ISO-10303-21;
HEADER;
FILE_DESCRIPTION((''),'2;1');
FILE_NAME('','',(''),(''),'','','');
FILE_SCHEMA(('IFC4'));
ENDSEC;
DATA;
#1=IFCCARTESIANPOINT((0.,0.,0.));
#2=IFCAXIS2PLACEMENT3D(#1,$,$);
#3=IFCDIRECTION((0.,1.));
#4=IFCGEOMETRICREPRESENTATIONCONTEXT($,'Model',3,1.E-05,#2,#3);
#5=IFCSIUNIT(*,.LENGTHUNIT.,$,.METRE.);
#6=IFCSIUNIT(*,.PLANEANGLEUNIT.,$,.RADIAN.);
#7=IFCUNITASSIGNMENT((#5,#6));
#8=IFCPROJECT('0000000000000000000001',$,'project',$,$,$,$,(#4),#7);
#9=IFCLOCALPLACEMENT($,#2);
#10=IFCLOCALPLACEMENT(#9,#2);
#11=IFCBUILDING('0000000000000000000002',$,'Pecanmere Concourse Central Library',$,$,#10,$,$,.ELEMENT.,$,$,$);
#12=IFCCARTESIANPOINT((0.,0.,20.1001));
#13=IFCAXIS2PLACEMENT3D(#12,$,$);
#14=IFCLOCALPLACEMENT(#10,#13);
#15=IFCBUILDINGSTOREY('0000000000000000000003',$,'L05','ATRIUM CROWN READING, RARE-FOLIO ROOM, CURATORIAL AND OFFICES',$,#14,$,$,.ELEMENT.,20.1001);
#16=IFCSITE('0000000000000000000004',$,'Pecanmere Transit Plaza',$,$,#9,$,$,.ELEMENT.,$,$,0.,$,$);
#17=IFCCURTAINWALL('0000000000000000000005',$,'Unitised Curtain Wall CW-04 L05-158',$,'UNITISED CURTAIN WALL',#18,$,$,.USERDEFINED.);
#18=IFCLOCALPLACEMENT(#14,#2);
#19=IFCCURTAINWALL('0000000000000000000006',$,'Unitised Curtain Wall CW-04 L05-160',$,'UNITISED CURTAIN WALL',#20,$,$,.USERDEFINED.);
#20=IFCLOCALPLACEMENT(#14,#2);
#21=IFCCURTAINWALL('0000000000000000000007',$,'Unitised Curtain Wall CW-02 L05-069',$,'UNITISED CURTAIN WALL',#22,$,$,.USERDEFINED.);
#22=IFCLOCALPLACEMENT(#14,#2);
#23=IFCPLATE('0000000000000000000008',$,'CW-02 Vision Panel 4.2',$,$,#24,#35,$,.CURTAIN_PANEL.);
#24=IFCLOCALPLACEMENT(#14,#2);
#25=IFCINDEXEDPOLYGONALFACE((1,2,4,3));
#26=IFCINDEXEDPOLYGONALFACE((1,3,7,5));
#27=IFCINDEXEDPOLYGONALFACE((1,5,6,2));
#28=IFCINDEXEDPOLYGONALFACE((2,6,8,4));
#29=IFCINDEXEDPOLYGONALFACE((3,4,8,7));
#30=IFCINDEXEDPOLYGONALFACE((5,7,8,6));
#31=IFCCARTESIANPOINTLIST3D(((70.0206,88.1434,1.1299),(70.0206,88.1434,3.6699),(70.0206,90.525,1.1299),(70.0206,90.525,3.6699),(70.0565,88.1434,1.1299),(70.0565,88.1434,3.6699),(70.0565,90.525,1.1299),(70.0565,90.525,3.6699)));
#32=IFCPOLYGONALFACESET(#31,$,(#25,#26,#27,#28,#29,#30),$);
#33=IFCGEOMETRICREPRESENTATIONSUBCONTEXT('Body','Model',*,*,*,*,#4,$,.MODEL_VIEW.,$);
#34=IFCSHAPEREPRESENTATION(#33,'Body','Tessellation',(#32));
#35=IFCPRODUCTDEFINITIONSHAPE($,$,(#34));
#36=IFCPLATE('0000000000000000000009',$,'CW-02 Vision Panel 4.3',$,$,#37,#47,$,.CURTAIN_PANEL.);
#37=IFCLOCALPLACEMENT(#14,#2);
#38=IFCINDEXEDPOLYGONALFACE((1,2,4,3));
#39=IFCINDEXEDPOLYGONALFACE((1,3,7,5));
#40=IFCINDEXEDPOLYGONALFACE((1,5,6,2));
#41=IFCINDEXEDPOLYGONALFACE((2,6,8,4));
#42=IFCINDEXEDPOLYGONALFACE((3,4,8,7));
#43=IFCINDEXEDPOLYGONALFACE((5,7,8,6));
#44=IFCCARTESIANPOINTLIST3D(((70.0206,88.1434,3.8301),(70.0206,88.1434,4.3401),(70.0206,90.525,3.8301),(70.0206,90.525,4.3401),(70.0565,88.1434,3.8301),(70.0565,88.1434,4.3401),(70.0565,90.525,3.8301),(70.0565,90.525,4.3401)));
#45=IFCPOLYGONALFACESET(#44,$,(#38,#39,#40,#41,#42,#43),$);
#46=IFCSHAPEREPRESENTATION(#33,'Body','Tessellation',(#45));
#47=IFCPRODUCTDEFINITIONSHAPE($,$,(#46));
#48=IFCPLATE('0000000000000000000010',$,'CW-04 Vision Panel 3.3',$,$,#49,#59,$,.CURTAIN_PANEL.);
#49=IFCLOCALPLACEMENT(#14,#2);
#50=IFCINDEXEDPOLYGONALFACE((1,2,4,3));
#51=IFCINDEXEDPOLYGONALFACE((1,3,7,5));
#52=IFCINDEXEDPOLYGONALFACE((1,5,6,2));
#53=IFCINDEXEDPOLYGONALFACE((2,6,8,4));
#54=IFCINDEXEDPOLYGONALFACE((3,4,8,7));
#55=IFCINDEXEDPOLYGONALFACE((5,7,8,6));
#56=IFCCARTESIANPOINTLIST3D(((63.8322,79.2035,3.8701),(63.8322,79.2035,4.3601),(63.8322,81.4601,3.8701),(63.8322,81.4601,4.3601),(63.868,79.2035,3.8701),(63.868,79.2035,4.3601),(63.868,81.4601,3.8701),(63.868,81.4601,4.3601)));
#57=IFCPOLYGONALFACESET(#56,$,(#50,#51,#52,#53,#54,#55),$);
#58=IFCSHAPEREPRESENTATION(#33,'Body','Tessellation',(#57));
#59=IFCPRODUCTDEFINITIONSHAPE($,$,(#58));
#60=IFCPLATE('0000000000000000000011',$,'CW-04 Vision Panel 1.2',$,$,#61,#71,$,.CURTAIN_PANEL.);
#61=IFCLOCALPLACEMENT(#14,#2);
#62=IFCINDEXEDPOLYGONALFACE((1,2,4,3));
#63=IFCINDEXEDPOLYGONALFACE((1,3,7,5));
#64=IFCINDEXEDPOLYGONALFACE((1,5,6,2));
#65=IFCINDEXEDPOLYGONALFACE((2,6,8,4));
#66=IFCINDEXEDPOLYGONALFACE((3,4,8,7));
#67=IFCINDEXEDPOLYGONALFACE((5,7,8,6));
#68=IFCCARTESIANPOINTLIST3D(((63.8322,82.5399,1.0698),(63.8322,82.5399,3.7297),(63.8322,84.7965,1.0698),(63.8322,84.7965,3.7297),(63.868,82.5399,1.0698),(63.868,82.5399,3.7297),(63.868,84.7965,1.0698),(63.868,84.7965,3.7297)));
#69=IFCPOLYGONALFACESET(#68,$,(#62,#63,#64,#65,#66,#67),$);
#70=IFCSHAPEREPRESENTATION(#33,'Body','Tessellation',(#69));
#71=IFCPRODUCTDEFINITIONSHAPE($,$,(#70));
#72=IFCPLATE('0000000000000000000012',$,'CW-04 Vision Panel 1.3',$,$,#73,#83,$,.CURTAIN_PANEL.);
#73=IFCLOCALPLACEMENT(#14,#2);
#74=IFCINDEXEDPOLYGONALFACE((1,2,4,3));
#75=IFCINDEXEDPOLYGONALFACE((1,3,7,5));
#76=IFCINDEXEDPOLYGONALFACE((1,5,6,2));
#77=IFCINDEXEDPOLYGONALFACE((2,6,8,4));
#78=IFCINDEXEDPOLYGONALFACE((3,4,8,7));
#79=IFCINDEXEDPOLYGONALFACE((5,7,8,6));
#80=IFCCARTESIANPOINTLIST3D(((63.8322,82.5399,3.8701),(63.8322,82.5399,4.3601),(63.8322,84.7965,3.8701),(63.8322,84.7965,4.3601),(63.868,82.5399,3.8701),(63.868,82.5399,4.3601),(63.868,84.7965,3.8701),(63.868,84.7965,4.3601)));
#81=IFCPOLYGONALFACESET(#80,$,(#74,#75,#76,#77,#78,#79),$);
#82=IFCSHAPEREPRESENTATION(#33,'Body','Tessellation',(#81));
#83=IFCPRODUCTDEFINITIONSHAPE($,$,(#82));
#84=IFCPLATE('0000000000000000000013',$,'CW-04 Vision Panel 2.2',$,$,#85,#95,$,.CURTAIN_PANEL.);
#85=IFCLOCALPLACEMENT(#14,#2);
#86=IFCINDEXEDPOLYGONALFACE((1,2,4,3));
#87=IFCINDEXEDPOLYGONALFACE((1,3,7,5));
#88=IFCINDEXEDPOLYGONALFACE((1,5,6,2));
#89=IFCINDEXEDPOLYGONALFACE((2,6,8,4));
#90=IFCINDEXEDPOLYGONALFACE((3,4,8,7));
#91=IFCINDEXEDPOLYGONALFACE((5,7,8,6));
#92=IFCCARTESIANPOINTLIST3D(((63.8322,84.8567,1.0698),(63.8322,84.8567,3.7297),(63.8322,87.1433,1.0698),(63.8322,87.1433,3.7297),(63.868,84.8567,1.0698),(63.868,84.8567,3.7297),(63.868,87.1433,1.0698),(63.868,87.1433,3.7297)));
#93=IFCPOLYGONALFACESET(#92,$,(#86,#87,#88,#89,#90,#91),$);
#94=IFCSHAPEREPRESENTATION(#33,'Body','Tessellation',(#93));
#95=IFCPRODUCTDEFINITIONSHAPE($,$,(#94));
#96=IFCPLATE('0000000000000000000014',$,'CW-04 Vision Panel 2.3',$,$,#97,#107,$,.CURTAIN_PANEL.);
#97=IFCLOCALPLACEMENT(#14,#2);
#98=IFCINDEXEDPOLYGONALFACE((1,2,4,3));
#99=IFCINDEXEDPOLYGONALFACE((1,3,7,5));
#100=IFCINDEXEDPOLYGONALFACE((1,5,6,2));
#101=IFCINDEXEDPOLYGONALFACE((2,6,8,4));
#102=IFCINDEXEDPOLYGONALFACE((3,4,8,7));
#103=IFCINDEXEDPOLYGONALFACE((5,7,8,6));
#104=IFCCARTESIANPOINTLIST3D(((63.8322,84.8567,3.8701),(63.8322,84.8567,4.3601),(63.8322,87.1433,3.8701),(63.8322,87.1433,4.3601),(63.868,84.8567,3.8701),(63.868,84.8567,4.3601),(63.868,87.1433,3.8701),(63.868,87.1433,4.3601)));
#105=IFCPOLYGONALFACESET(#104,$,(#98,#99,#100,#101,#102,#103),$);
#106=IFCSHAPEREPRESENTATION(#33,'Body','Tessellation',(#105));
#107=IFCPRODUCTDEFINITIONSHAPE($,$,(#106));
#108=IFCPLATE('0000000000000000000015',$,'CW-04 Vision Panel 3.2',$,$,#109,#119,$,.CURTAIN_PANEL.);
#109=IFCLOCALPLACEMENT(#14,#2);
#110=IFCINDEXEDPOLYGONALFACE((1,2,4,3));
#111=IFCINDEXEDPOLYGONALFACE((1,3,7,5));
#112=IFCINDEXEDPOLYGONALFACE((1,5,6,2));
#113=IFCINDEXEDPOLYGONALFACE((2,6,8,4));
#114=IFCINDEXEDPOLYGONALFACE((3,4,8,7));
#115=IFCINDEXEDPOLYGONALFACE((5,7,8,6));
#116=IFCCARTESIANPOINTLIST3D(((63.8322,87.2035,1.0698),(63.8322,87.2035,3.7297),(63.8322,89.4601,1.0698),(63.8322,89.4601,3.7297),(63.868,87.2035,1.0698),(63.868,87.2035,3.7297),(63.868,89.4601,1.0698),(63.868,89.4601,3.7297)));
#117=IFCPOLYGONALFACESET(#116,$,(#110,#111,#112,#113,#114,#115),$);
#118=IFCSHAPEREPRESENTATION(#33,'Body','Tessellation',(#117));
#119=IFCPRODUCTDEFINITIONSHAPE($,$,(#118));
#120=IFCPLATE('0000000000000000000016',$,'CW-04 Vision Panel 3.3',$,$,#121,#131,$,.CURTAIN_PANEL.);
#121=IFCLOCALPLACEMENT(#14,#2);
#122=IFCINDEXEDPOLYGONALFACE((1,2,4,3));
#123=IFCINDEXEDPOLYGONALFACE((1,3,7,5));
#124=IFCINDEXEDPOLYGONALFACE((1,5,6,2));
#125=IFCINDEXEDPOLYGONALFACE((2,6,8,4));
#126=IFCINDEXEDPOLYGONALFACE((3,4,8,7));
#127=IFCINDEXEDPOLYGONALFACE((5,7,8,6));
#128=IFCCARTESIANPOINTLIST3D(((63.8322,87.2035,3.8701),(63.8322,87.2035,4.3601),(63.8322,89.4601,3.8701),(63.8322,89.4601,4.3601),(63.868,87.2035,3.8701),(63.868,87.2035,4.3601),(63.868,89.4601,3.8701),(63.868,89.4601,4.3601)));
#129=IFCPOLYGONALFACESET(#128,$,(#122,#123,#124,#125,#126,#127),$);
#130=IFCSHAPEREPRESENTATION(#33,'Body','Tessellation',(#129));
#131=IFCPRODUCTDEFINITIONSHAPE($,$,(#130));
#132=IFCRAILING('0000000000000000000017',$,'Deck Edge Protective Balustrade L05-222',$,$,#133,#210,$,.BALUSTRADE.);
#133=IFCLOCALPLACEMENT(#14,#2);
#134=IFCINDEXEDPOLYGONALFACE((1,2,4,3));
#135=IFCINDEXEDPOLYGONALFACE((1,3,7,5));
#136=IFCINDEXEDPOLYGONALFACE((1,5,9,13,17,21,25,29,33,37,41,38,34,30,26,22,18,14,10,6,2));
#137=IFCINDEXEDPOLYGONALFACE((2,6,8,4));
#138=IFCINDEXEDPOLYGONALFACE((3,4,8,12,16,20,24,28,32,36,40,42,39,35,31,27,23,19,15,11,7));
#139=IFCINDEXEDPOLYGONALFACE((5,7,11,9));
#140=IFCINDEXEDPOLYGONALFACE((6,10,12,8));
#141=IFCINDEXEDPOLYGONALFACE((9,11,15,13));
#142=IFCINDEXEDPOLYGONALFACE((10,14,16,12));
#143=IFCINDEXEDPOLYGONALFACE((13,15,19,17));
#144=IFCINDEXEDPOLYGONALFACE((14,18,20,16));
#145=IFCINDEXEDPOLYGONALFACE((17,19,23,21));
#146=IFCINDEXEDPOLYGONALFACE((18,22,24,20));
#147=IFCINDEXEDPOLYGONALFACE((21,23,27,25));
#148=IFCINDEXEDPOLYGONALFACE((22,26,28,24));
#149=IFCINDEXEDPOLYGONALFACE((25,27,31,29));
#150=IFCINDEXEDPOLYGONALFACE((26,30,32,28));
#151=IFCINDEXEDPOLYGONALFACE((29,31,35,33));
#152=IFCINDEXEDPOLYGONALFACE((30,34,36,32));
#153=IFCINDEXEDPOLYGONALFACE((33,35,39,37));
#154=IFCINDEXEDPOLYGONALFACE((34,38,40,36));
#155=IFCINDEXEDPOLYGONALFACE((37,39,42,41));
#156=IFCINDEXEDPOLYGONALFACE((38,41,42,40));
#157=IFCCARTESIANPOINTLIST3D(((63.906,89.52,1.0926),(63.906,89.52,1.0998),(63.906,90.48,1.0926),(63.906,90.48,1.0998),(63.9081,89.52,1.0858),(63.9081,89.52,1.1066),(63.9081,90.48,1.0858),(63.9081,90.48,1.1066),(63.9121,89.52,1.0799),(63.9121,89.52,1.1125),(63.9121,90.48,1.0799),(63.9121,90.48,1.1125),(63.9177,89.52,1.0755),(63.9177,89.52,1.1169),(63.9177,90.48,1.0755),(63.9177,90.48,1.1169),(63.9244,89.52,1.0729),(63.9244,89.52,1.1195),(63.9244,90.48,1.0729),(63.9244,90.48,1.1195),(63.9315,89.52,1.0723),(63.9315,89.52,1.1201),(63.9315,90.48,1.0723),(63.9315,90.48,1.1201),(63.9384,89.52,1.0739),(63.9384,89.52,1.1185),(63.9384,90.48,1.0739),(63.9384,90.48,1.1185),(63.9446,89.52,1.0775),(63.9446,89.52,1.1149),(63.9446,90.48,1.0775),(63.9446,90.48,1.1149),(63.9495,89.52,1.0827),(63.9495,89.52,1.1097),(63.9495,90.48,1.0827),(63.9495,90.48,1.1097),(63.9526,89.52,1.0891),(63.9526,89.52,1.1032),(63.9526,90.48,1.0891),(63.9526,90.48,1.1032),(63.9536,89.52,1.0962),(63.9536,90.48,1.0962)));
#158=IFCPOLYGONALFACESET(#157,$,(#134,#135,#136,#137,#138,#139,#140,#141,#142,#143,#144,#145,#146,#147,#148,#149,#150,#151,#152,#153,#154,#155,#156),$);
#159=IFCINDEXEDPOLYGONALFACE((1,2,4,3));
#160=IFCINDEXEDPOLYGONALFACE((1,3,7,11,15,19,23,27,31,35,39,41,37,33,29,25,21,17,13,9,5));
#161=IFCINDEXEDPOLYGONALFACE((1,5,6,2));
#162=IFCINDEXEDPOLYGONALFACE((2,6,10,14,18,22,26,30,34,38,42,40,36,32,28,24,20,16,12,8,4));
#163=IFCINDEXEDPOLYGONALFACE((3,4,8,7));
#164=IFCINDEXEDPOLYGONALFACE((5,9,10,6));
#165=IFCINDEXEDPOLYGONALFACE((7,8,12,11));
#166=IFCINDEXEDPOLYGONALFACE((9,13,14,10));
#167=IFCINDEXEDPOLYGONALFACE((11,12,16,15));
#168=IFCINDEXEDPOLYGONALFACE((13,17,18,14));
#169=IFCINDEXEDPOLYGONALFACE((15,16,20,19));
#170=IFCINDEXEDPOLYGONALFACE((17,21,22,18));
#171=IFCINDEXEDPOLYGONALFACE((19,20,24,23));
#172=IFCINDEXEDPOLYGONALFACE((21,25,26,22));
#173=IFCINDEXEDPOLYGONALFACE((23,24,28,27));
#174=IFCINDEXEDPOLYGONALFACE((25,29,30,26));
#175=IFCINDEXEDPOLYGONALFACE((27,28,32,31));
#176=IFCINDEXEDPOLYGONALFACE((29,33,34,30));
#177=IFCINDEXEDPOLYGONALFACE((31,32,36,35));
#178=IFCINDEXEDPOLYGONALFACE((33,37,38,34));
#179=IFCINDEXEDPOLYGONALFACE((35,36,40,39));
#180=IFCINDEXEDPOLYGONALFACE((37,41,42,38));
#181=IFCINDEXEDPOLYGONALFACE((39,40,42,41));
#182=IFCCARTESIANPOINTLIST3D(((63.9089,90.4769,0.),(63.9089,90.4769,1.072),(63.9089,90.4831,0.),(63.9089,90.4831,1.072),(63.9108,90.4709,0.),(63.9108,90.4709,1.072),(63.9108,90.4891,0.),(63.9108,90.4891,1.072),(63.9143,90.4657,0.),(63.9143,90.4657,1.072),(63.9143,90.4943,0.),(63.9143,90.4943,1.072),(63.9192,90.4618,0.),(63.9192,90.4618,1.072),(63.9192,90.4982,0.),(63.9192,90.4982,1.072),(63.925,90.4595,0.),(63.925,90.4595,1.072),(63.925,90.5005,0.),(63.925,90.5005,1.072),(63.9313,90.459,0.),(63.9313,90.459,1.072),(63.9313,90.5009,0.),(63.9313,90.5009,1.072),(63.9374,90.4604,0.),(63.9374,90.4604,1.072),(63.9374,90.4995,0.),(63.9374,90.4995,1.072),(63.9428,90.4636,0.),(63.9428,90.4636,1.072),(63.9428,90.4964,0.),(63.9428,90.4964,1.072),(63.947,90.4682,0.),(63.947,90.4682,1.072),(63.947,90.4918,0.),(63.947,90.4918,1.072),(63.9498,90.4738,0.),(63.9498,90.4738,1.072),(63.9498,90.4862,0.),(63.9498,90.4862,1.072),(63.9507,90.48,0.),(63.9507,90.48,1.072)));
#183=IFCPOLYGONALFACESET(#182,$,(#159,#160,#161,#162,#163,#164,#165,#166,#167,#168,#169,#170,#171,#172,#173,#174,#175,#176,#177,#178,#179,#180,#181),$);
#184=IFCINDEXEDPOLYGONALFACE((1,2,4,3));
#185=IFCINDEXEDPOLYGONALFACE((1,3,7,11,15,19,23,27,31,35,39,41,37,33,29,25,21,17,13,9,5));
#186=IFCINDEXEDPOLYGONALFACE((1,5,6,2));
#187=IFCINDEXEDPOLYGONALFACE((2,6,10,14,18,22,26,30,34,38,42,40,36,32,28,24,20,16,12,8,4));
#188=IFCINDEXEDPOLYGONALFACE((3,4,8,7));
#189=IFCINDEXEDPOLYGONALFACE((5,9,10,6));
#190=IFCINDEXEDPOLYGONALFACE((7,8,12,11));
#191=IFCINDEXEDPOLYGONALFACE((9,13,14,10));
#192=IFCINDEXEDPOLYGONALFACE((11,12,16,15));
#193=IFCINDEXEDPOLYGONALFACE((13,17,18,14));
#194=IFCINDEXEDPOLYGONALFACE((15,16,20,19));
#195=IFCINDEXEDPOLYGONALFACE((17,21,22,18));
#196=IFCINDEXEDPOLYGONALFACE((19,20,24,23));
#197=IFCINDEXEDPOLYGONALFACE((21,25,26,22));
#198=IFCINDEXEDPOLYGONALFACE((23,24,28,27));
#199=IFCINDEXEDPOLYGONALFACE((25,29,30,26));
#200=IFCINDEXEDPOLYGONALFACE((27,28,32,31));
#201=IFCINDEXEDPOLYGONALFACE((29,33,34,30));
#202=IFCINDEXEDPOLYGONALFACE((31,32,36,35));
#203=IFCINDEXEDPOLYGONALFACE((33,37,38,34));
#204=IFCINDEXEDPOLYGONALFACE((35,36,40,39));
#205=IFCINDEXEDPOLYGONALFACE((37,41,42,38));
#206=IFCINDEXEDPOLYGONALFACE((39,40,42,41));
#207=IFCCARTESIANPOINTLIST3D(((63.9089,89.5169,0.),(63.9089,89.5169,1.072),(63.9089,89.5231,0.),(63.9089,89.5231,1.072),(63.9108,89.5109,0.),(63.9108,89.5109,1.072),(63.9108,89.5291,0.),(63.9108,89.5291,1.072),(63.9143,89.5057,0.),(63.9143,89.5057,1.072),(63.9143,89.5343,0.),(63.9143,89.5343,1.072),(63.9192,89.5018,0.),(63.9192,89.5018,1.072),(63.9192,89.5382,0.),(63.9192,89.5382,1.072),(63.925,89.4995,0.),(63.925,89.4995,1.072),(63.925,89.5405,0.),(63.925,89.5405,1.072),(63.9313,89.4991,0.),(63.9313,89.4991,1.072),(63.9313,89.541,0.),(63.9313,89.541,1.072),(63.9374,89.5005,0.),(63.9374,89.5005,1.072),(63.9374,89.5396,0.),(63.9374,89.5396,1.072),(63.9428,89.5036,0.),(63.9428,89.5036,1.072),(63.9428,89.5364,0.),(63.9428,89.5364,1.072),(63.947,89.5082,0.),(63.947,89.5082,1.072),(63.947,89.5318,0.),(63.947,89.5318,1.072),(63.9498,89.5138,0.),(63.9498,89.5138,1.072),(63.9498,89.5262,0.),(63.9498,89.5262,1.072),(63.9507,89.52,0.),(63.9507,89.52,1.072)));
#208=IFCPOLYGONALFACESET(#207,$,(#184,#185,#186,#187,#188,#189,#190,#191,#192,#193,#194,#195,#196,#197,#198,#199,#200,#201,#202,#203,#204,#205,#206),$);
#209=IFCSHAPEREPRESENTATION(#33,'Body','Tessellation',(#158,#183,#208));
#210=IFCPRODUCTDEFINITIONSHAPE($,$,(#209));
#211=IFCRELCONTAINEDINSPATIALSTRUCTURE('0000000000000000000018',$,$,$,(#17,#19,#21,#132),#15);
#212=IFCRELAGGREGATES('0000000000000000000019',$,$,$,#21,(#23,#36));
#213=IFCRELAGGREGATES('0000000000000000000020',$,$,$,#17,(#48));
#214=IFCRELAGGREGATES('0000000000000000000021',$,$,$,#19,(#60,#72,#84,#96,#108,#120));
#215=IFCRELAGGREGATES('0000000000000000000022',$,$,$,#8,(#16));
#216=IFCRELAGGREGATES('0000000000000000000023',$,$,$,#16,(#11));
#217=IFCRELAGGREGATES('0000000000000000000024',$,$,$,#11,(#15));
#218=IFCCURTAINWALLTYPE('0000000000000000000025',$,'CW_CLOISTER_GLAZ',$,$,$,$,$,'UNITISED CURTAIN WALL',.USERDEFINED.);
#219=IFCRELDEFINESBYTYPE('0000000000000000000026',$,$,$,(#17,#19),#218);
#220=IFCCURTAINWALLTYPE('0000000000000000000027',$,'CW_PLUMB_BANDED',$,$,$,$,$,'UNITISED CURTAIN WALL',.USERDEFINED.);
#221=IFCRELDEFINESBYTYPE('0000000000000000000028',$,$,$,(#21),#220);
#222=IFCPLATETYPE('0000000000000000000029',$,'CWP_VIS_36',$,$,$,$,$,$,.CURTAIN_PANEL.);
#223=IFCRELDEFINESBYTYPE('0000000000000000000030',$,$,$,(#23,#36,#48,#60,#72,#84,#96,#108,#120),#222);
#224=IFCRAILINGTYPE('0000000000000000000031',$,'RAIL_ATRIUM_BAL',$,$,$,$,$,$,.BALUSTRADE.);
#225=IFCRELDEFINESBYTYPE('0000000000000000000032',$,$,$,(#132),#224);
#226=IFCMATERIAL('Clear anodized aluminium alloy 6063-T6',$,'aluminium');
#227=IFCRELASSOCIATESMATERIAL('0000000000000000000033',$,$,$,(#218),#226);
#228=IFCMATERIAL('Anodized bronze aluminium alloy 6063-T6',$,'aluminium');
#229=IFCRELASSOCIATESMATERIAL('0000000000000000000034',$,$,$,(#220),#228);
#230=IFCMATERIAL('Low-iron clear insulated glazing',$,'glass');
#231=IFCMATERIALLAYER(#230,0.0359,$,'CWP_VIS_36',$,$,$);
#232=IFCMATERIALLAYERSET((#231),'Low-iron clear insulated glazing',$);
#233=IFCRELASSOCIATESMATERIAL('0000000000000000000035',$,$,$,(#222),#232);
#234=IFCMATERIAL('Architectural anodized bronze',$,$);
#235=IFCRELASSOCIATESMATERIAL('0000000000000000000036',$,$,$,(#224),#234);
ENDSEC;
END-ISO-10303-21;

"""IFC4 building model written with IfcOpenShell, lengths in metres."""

from ifc_helpers import new_model, si_unit, direction, frame, origin, origin_2d, place, context, subcontext, project, spatial, rectangle, circle, extrude, material, layer, layer_set, type_object, element, aggregate, save


model = new_model("IFC4")

# Units and contexts
model_context = context("Model", 3, precision=1e-05, world=origin(), true_north=direction((0.0, 1.0)))
body_context = subcontext(model_context, "Body", "Model", "MODEL_VIEW")
ifc_project = project(units=[si_unit("LENGTHUNIT", "METRE"), si_unit("PLANEANGLEUNIT", "RADIAN")], contexts=[model_context])

# Site, building, storey
site_placement = place(None, origin())
site = spatial("IfcSite", under=ifc_project, at=site_placement, Name="Pecanmere Transit Plaza", CompositionType="ELEMENT", RefElevation=0.0)
building_placement = place(site_placement, origin())
building = spatial("IfcBuilding", under=site, at=building_placement, Name="Pecanmere Concourse Central Library", CompositionType="ELEMENT")
storey_placement = place(building_placement, frame((0.0, 0.0, 20.1001)))
storey = spatial("IfcBuildingStorey", under=building, at=storey_placement, Name="L05", Description="ATRIUM CROWN READING, RARE-FOLIO ROOM, CURATORIAL AND OFFICES", CompositionType="ELEMENT", Elevation=20.1001)

# Curtain wall
ifc_material_1 = material(Name="Clear anodized aluminium alloy 6063-T6", Category="aluminium")
curtain_wall_type_1 = type_object("IfcCurtainWallType", Name="CW_CLOISTER_GLAZ", ElementType="UNITISED CURTAIN WALL", PredefinedType="USERDEFINED", material=ifc_material_1)
curtain_wall_1_placement = place(storey_placement, origin())
curtain_wall_1 = element("IfcCurtainWall", 1, at=curtain_wall_1_placement, inside=storey, type_object=curtain_wall_type_1, Name="Unitised Curtain Wall CW-04 L05-158", ObjectType="UNITISED CURTAIN WALL", PredefinedType="USERDEFINED")

# Curtain wall
curtain_wall_2_placement = place(storey_placement, origin())
curtain_wall_2 = element("IfcCurtainWall", 2, at=curtain_wall_2_placement, inside=storey, type_object=curtain_wall_type_1, Name="Unitised Curtain Wall CW-04 L05-160", ObjectType="UNITISED CURTAIN WALL", PredefinedType="USERDEFINED")

# Curtain wall
ifc_material_2 = material(Name="Anodized bronze aluminium alloy 6063-T6", Category="aluminium")
curtain_wall_type_2 = type_object("IfcCurtainWallType", Name="CW_PLUMB_BANDED", ElementType="UNITISED CURTAIN WALL", PredefinedType="USERDEFINED", material=ifc_material_2)
curtain_wall_3_placement = place(storey_placement, origin())
curtain_wall_3 = element("IfcCurtainWall", 3, at=curtain_wall_3_placement, inside=storey, type_object=curtain_wall_type_2, Name="Unitised Curtain Wall CW-02 L05-069", ObjectType="UNITISED CURTAIN WALL", PredefinedType="USERDEFINED")

# Plates
ifc_material_3 = material(Name="Low-iron clear insulated glazing", Category="glass")
ifc_layer_1 = layer(ifc_material_3, 0.0359, Name="CWP_VIS_36")
ifc_layer_set_1 = layer_set([ifc_layer_1], Name="Low-iron clear insulated glazing")
plate_type_1 = type_object("IfcPlateType", Name="CWP_VIS_36", PredefinedType="CURTAIN_PANEL", material=ifc_layer_set_1)
plate_1_placement = place(storey_placement, frame((70.0386, 89.3342, 1.1299), z_axis=(0.0, 0.0, 1.0), x_axis=(0.0, -1.0, 0.0)))
plate_1 = element("IfcPlate", 4, at=plate_1_placement, type_object=plate_type_1, Name="CW-02 Vision Panel 4.2", PredefinedType="CURTAIN_PANEL", context=body_context, shape_type="SweptSolid", body=[
    extrude(rectangle(XDim=2.3816, YDim=0.0359, at=origin_2d()), origin(), (0.0, 0.0, 1.0), 2.54),
])
plate_2_placement = place(storey_placement, frame((70.0386, 89.3342, 3.8301), z_axis=(0.0, 0.0, 1.0), x_axis=(0.0, -1.0, 0.0)))
plate_2 = element("IfcPlate", 5, at=plate_2_placement, type_object=plate_type_1, Name="CW-02 Vision Panel 4.3", PredefinedType="CURTAIN_PANEL", context=body_context, shape_type="SweptSolid", body=[
    extrude(rectangle(XDim=2.3816, YDim=0.0359, at=origin_2d()), origin(), (0.0, 0.0, 1.0), 0.51),
])
aggregate(curtain_wall_3, [plate_1, plate_2])
plate_3_placement = place(storey_placement, frame((63.8501, 80.3318, 3.8701), z_axis=(0.0, 0.0, 1.0), x_axis=(0.0, 1.0, 0.0)))
plate_3 = element("IfcPlate", 6, at=plate_3_placement, type_object=plate_type_1, Name="CW-04 Vision Panel 3.3", PredefinedType="CURTAIN_PANEL", context=body_context, shape_type="SweptSolid", body=[
    extrude(rectangle(XDim=2.2566, YDim=0.0359, at=origin_2d()), origin(), (0.0, 0.0, 1.0), 0.49),
])
aggregate(curtain_wall_1, [plate_3])
plate_4_placement = place(storey_placement, frame((63.8501, 83.6682, 1.0698), z_axis=(0.0, 0.0, 1.0), x_axis=(0.0, 1.0, 0.0)))
plate_4 = element("IfcPlate", 7, at=plate_4_placement, type_object=plate_type_1, Name="CW-04 Vision Panel 1.2", PredefinedType="CURTAIN_PANEL", context=body_context, shape_type="SweptSolid", body=[
    extrude(rectangle(XDim=2.2566, YDim=0.0359, at=origin_2d()), origin(), (0.0, 0.0, 1.0), 2.6599),
])
plate_5_placement = place(storey_placement, frame((63.8501, 83.6682, 3.8701), z_axis=(0.0, 0.0, 1.0), x_axis=(0.0, 1.0, 0.0)))
plate_5 = element("IfcPlate", 8, at=plate_5_placement, type_object=plate_type_1, Name="CW-04 Vision Panel 1.3", PredefinedType="CURTAIN_PANEL", context=body_context, shape_type="SweptSolid", body=[
    extrude(rectangle(XDim=2.2566, YDim=0.0359, at=origin_2d()), origin(), (0.0, 0.0, 1.0), 0.49),
])
plate_6_placement = place(storey_placement, frame((63.8501, 86.0, 1.0698), z_axis=(0.0, 0.0, 1.0), x_axis=(0.0, 1.0, 0.0)))
plate_6 = element("IfcPlate", 9, at=plate_6_placement, type_object=plate_type_1, Name="CW-04 Vision Panel 2.2", PredefinedType="CURTAIN_PANEL", context=body_context, shape_type="SweptSolid", body=[
    extrude(rectangle(XDim=2.2866, YDim=0.0359, at=origin_2d()), origin(), (0.0, 0.0, 1.0), 2.6599),
])
plate_7_placement = place(storey_placement, frame((63.8501, 86.0, 3.8701), z_axis=(0.0, 0.0, 1.0), x_axis=(0.0, 1.0, 0.0)))
plate_7 = element("IfcPlate", 10, at=plate_7_placement, type_object=plate_type_1, Name="CW-04 Vision Panel 2.3", PredefinedType="CURTAIN_PANEL", context=body_context, shape_type="SweptSolid", body=[
    extrude(rectangle(XDim=2.2866, YDim=0.0359, at=origin_2d()), origin(), (0.0, 0.0, 1.0), 0.49),
])
plate_8_placement = place(storey_placement, frame((63.8501, 88.3318, 1.0698), z_axis=(0.0, 0.0, 1.0), x_axis=(0.0, 1.0, 0.0)))
plate_8 = element("IfcPlate", 11, at=plate_8_placement, type_object=plate_type_1, Name="CW-04 Vision Panel 3.2", PredefinedType="CURTAIN_PANEL", context=body_context, shape_type="SweptSolid", body=[
    extrude(rectangle(XDim=2.2566, YDim=0.0359, at=origin_2d()), origin(), (0.0, 0.0, 1.0), 2.6599),
])
plate_9_placement = place(storey_placement, frame((63.8501, 88.3318, 3.8701), z_axis=(0.0, 0.0, 1.0), x_axis=(0.0, 1.0, 0.0)))
plate_9 = element("IfcPlate", 12, at=plate_9_placement, type_object=plate_type_1, Name="CW-04 Vision Panel 3.3", PredefinedType="CURTAIN_PANEL", context=body_context, shape_type="SweptSolid", body=[
    extrude(rectangle(XDim=2.2566, YDim=0.0359, at=origin_2d()), origin(), (0.0, 0.0, 1.0), 0.49),
])
aggregate(curtain_wall_2, [plate_4, plate_5, plate_6, plate_7, plate_8, plate_9])

# Railing
ifc_material_4 = material(Name="Architectural anodized bronze")
railing_type = type_object("IfcRailingType", Name="RAIL_ATRIUM_BAL", PredefinedType="BALUSTRADE", material=ifc_material_4)
railing_1_placement = place(storey_placement, frame((63.9297, 90.48, 0.0)))
element("IfcRailing", 13, at=railing_1_placement, inside=storey, type_object=railing_type, Name="Deck Edge Protective Balustrade L05-222", PredefinedType="BALUSTRADE", context=body_context, shape_type="SweptSolid", body=[
    extrude(circle(Radius=0.0239, at=origin_2d()), frame((0.0, 0.0, 1.0962), z_axis=(0.0, -1.0, 0.0), x_axis=(1.0, 0.0, 0.0)), (0.0, 0.0, 1.0), 0.96),
    extrude(circle(Radius=0.021, at=origin_2d()), origin(), (0.0, 0.0, 1.0), 1.072),
    extrude(circle(Radius=0.021, at=origin_2d()), frame((0.0, -0.96, 0.0)), (0.0, 0.0, 1.0), 1.072),
])

save(model, "model.ifc")
